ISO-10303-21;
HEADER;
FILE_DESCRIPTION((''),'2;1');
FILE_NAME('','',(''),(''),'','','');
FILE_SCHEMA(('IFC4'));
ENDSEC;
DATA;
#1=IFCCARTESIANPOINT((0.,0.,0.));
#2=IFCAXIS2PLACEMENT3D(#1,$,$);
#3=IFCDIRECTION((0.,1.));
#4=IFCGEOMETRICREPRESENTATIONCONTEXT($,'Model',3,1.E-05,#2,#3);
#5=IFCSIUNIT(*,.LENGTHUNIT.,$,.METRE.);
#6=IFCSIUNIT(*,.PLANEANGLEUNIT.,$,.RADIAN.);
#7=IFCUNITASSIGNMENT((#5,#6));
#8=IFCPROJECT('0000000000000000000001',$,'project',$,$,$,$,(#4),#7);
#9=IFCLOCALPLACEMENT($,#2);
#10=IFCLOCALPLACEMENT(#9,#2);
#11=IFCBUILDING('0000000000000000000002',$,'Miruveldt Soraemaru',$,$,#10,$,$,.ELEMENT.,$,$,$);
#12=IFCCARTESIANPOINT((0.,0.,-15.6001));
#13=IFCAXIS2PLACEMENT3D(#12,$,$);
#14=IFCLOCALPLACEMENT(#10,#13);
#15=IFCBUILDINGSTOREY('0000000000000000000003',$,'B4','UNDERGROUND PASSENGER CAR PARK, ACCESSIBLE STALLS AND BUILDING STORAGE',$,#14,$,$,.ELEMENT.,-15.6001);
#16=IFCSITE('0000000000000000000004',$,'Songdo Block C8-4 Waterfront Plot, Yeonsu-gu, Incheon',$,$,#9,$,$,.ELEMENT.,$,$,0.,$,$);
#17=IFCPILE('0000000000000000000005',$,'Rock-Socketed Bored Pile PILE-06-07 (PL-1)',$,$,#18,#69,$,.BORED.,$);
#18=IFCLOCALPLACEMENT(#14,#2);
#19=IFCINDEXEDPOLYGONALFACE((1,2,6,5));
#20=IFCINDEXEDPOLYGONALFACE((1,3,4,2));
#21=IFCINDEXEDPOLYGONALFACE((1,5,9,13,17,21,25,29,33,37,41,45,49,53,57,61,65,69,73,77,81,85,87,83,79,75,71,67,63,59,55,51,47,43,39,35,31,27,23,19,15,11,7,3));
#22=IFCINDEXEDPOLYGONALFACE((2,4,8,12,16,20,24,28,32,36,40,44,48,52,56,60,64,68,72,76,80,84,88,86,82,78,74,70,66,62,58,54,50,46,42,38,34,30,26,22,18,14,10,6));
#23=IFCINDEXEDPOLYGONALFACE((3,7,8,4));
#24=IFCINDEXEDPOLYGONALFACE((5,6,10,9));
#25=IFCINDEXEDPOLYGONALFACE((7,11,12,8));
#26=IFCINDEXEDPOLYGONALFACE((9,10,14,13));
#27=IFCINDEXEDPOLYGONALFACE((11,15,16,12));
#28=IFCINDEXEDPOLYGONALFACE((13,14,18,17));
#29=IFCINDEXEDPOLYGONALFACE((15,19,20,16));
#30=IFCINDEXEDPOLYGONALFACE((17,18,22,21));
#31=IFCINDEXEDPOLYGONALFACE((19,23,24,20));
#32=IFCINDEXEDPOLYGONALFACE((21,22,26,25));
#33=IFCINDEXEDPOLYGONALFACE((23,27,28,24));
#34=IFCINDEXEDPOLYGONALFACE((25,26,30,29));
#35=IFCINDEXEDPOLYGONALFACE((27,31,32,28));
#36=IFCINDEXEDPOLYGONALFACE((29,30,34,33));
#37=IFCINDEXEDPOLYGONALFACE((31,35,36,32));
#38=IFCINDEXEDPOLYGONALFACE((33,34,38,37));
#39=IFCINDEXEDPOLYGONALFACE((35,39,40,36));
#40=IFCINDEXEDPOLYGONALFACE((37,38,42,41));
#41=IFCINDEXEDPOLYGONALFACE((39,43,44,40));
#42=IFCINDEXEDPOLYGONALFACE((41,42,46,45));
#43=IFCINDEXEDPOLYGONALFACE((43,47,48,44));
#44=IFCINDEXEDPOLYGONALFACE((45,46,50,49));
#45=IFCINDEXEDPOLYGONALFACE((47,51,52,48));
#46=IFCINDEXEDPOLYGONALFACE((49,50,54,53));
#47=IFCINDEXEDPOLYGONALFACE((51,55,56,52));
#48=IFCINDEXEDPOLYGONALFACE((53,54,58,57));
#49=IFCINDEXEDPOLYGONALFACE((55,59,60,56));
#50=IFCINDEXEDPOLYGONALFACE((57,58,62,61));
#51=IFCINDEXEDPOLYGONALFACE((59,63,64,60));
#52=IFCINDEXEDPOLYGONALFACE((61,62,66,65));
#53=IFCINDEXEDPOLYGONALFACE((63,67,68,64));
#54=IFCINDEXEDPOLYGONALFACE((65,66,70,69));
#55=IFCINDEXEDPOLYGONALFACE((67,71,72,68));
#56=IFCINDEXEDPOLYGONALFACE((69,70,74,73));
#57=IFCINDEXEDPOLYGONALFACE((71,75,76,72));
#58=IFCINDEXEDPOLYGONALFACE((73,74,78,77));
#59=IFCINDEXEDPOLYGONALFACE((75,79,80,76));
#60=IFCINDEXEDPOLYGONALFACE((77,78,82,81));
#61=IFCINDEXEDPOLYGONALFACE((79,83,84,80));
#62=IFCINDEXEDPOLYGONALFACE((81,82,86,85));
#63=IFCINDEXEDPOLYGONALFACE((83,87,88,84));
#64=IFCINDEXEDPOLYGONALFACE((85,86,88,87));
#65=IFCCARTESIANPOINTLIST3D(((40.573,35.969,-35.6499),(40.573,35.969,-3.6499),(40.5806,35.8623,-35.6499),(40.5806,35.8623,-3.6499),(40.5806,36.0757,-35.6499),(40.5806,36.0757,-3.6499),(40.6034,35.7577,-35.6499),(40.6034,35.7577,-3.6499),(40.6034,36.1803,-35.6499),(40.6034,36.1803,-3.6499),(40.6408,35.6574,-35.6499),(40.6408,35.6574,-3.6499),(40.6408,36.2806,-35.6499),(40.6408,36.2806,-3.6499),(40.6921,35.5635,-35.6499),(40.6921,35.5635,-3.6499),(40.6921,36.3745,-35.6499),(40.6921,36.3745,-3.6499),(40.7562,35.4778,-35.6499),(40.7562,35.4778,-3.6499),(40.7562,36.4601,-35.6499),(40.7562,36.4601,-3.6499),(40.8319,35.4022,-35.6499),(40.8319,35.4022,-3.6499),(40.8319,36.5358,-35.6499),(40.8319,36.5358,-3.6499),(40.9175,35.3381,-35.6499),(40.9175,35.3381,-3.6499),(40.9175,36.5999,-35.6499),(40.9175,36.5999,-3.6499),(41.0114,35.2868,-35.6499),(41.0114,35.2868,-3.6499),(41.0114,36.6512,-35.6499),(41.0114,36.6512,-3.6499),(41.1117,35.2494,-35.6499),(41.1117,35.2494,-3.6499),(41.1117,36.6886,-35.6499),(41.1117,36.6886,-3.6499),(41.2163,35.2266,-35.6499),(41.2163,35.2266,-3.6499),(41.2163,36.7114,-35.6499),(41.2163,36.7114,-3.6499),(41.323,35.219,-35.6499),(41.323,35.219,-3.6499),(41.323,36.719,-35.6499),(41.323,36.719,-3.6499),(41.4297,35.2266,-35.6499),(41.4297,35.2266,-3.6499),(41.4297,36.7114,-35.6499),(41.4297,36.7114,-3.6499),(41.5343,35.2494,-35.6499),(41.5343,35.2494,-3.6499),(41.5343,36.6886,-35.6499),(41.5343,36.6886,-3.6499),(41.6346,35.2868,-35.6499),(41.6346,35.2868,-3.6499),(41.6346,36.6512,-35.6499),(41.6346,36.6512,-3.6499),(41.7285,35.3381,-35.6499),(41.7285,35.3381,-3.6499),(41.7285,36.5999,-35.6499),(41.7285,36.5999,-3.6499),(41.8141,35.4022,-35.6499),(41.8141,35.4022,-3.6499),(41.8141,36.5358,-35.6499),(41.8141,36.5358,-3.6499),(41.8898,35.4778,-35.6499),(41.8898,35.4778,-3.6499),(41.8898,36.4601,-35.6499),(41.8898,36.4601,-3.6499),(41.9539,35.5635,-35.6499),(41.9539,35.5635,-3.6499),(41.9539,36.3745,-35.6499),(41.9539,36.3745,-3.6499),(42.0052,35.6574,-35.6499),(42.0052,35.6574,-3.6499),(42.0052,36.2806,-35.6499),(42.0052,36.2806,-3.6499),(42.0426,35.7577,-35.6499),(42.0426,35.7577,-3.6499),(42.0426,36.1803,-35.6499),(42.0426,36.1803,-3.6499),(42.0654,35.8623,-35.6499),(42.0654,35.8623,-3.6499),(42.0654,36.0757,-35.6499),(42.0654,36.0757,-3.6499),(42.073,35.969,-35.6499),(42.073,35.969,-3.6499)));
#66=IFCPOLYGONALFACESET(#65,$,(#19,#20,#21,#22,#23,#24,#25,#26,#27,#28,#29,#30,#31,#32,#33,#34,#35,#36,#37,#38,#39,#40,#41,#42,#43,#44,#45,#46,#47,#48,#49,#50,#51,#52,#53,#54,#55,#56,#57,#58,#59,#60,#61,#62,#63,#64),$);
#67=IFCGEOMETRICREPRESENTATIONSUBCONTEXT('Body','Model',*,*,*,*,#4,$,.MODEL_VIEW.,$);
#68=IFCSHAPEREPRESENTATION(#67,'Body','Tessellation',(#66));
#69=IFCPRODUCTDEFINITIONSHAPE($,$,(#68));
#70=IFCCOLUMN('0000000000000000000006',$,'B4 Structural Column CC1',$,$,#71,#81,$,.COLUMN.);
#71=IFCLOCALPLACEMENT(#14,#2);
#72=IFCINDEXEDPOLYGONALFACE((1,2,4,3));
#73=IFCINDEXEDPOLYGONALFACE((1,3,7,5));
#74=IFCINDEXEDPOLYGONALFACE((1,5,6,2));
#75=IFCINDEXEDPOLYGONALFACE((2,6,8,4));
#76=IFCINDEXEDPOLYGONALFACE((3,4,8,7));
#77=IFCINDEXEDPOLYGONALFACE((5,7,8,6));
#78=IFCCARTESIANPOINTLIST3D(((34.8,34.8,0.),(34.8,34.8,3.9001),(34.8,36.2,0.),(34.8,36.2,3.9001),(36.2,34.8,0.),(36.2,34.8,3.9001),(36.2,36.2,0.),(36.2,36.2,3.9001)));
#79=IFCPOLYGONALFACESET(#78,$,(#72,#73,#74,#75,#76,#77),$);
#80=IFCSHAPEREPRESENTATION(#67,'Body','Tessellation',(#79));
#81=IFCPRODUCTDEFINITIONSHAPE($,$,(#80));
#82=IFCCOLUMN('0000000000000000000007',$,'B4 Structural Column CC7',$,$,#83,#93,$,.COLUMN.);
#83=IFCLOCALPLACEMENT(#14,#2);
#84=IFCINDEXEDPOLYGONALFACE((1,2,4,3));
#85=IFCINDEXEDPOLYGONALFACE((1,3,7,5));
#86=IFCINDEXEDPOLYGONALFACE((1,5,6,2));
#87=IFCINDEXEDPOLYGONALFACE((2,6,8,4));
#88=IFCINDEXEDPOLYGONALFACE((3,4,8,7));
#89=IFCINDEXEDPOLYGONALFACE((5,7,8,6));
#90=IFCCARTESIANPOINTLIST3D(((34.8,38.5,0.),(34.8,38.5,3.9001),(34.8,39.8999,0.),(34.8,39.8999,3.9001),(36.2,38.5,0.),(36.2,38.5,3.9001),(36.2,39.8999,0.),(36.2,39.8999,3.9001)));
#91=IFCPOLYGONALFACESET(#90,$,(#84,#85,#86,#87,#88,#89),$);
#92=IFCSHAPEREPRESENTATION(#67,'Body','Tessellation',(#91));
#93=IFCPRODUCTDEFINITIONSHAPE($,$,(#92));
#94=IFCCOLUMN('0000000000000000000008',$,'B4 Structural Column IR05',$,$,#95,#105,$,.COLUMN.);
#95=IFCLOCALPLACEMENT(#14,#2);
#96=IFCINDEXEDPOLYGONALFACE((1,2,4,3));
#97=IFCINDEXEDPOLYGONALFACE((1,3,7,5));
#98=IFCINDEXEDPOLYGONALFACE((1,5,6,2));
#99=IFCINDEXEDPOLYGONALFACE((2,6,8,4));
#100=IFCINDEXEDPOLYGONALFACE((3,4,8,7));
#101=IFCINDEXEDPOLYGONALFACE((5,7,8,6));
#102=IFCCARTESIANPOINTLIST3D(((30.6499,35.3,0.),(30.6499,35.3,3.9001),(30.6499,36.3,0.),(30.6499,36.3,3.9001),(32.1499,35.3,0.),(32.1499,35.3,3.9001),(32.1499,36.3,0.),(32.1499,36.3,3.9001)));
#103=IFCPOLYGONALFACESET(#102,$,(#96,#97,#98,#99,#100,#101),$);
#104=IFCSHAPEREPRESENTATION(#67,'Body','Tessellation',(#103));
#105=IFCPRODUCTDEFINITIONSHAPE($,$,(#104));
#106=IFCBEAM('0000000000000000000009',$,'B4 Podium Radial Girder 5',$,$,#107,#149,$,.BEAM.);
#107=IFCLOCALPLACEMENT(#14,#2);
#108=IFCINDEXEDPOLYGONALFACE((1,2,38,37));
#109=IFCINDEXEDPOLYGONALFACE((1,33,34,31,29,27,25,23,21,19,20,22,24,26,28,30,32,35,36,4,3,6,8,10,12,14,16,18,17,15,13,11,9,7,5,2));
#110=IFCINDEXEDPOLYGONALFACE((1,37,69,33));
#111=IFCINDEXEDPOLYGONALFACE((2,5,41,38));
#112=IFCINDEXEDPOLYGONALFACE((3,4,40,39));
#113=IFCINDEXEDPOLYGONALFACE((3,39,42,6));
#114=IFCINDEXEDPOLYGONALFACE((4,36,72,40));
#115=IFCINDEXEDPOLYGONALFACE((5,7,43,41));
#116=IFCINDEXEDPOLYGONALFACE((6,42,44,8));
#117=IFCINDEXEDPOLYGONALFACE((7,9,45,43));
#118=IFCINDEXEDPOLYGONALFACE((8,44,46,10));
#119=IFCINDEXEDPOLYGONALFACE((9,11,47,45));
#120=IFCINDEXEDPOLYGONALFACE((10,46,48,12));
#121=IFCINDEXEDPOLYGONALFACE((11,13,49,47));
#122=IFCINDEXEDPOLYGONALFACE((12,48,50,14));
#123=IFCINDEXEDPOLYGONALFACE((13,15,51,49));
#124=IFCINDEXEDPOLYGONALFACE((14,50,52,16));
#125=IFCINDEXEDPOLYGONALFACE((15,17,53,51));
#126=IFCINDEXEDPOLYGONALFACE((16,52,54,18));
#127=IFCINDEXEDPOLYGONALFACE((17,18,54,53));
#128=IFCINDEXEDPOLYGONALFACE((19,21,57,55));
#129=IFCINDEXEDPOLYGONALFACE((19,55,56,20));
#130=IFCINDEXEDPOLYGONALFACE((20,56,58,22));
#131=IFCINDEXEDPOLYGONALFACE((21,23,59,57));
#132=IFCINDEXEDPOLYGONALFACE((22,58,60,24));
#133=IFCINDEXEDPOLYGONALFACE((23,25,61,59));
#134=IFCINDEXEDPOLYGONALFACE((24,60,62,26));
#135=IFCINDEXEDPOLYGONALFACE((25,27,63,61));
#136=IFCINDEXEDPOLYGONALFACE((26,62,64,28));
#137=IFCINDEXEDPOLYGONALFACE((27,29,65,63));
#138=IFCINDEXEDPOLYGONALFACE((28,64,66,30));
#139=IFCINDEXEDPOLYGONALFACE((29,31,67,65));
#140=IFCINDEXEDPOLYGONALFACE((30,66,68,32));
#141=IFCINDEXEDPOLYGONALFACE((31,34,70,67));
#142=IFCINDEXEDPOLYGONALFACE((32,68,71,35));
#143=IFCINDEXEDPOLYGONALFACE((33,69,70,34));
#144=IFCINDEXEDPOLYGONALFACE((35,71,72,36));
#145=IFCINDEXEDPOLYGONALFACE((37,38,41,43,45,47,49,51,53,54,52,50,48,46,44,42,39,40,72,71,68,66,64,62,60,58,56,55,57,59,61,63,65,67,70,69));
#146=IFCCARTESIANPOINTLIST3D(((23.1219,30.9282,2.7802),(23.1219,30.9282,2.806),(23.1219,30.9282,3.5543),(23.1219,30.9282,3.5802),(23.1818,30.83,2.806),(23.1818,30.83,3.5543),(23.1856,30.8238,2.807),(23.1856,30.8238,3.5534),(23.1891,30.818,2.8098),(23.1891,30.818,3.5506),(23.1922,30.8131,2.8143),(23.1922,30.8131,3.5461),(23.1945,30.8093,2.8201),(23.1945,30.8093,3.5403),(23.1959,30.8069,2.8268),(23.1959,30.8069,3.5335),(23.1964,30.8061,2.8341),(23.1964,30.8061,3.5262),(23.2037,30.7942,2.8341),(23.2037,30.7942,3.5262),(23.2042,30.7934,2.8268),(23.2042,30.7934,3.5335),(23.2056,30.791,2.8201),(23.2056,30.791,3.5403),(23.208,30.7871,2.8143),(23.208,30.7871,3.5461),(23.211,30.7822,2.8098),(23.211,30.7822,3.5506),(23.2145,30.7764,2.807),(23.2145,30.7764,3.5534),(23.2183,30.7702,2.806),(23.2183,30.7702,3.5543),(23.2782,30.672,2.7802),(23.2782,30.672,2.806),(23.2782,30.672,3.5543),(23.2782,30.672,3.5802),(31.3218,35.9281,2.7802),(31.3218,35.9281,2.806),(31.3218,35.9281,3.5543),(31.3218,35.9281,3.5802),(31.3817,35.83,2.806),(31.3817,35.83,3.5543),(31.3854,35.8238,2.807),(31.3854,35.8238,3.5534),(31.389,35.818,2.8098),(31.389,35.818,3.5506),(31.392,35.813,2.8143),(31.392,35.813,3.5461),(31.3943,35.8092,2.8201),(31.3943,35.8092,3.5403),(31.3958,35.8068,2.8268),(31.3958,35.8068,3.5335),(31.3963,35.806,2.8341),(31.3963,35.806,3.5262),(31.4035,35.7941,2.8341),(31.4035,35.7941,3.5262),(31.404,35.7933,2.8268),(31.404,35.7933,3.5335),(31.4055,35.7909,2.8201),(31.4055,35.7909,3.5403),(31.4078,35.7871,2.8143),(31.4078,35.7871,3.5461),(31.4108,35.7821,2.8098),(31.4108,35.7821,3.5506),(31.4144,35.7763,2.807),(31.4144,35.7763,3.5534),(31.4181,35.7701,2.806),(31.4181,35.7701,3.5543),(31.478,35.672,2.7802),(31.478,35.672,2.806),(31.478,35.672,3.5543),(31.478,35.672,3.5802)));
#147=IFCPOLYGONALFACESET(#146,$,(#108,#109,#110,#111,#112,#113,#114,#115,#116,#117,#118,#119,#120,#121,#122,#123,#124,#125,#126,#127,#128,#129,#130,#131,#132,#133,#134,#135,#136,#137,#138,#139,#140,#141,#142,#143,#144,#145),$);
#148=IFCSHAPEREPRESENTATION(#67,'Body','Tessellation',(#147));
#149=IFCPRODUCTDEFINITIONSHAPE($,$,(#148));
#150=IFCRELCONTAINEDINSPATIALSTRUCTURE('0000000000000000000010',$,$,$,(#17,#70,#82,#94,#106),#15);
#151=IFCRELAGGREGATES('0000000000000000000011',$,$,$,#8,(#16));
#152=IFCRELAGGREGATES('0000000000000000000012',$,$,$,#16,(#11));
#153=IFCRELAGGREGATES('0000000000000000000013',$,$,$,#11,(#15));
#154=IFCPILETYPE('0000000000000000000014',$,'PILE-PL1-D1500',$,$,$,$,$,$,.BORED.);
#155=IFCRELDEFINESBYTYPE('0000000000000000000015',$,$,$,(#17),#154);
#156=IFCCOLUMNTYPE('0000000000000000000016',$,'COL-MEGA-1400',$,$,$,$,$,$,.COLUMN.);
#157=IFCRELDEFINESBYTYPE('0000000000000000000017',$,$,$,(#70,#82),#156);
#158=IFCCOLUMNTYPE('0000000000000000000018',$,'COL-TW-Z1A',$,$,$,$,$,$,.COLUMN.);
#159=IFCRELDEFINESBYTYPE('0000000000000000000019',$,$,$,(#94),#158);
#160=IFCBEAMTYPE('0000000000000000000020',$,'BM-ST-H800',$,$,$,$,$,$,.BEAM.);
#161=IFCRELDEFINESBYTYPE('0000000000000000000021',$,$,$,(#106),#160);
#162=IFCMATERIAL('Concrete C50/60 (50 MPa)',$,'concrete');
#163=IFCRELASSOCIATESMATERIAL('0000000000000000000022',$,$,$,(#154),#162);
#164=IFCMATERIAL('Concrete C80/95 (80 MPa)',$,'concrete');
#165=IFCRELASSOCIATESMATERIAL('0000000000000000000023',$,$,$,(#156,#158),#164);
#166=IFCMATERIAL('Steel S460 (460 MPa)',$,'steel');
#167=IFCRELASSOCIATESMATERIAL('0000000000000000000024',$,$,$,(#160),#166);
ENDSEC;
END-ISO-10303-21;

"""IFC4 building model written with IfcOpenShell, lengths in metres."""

from ifc_helpers import new_model, si_unit, direction, frame, origin, origin_2d, place, context, subcontext, project, spatial, rectangle, circle, i_section, extrude, material, material_profile, profile_set, type_object, element, save


model = new_model("IFC4")

# Units and contexts
model_context = context("Model", 3, precision=1e-05, world=origin(), true_north=direction((0.0, 1.0)))
body_context = subcontext(model_context, "Body", "Model", "MODEL_VIEW")
ifc_project = project(units=[si_unit("LENGTHUNIT", "METRE"), si_unit("PLANEANGLEUNIT", "RADIAN")], contexts=[model_context])

# Site, building, storey
site_placement = place(None, origin())
site = spatial("IfcSite", under=ifc_project, at=site_placement, Name="Songdo Block C8-4 Waterfront Plot, Yeonsu-gu, Incheon", CompositionType="ELEMENT", RefElevation=0.0)
building_placement = place(site_placement, origin())
building = spatial("IfcBuilding", under=site, at=building_placement, Name="Miruveldt Soraemaru", CompositionType="ELEMENT")
storey_placement = place(building_placement, frame((0.0, 0.0, -15.6001)))
storey = spatial("IfcBuildingStorey", under=building, at=storey_placement, Name="B4", Description="UNDERGROUND PASSENGER CAR PARK, ACCESSIBLE STALLS AND BUILDING STORAGE", CompositionType="ELEMENT", Elevation=-15.6001)

# Pile
ifc_material_1 = material(Name="Concrete C50/60 (50 MPa)", Category="concrete")
ifc_material_profile_1 = material_profile(ifc_material_1, circle(Radius=0.75, at=origin_2d()), Name="Concrete C50/60 (50 MPa)", Category="concrete")
ifc_profile_set_1 = profile_set([ifc_material_profile_1], Name="Concrete C50/60 (50 MPa)")
pile_type = type_object("IfcPileType", Name="PILE-PL1-D1500", PredefinedType="BORED", material=ifc_profile_set_1)
for number, where, z_axis, x_axis, name in (
    (1, (41.323, 35.969, -3.6499), (0.0, 0.0, -1.0), (1.0, 0.0, 0.0), "Rock-Socketed Bored Pile PILE-06-07 (PL-1)"),
):
    element("IfcPile", number, at=place(storey_placement, frame(where, z_axis=z_axis, x_axis=x_axis)), inside=storey, type_object=pile_type, Name=name, PredefinedType="BORED", context=body_context, shape_type="SweptSolid", body=[
        extrude(circle(Radius=0.75, at=origin_2d()), origin(), (0.0, 0.0, 1.0), 32.0),
    ])

# Columns
ifc_material_2 = material(Name="Concrete C80/95 (80 MPa)", Category="concrete")
ifc_material_profile_2 = material_profile(ifc_material_2, rectangle(XDim=1.3999, YDim=1.3999, at=origin_2d()), Name="Concrete C80/95 (80 MPa)", Category="concrete")
ifc_profile_set_2 = profile_set([ifc_material_profile_2], Name="Concrete C80/95 (80 MPa)")
column_type_1 = type_object("IfcColumnType", Name="COL-MEGA-1400", PredefinedType="COLUMN", material=ifc_profile_set_2)
for number, where, z_axis, x_axis, name in (
    (2, (35.5, 35.5, 0.0), (0.0, 0.0, 1.0), (1.0, 0.0, 0.0), "B4 Structural Column CC1"),
    (3, (35.5, 39.2, 0.0), (0.0, 0.0, 1.0), (1.0, 0.0, 0.0), "B4 Structural Column CC7"),
):
    element("IfcColumn", number, at=place(storey_placement, frame(where, z_axis=z_axis, x_axis=x_axis)), inside=storey, type_object=column_type_1, Name=name, PredefinedType="COLUMN", context=body_context, shape_type="SweptSolid", body=[
        extrude(rectangle(XDim=1.3999, YDim=1.3999, at=origin_2d()), origin(), (0.0, 0.0, 1.0), 3.9001),
    ])
ifc_material_profile_3 = material_profile(ifc_material_2, rectangle(XDim=1.5, YDim=1.0, at=origin_2d()), Name="Concrete C80/95 (80 MPa)", Category="concrete")
ifc_profile_set_3 = profile_set([ifc_material_profile_3], Name="Concrete C80/95 (80 MPa)")
column_type_2 = type_object("IfcColumnType", Name="COL-TW-Z1A", PredefinedType="COLUMN", material=ifc_profile_set_3)
column_placement = place(storey_placement, frame((31.3999, 35.8, 0.0), z_axis=(0.0, 0.0, 1.0), x_axis=(1.0, 0.0, 0.0)))
element("IfcColumn", 4, at=column_placement, inside=storey, type_object=column_type_2, Name="B4 Structural Column IR05", PredefinedType="COLUMN", context=body_context, shape_type="SweptSolid", body=[
    extrude(rectangle(XDim=1.5, YDim=1.0, at=origin_2d()), origin(), (0.0, 0.0, 1.0), 3.9001),
])

# Beam
ifc_material_3 = material(Name="Steel S460 (460 MPa)", Category="steel")
ifc_material_profile_4 = material_profile(ifc_material_3, i_section(OverallWidth=0.3, OverallDepth=0.8, WebThickness=0.0139, FlangeThickness=0.0259, FilletRadius=0.0281, at=origin_2d()), Name="Steel S460 (460 MPa)", Category="steel")
ifc_profile_set_4 = profile_set([ifc_material_profile_4], Name="Steel S460 (460 MPa)")
beam_type_1 = type_object("IfcBeamType", Name="BM-ST-H800", PredefinedType="BEAM", material=ifc_profile_set_4)
beam_1_placement = place(storey_placement, frame((31.3999, 35.8, 3.1802), z_axis=(-0.853795, -0.52061, 0.0), x_axis=(0.52061, -0.853795, 0.0)))
element("IfcBeam", 5, at=beam_1_placement, inside=storey, type_object=beam_type_1, Name="B4 Podium Radial Girder 5", PredefinedType="BEAM", context=body_context, shape_type="SweptSolid", body=[
    extrude(i_section(OverallWidth=0.3, OverallDepth=0.8, WebThickness=0.0139, FlangeThickness=0.0259, FilletRadius=0.0281, at=origin_2d()), origin(), (0.0, 0.0, 1.0), 9.604),
])

save(model, "model.ifc")
